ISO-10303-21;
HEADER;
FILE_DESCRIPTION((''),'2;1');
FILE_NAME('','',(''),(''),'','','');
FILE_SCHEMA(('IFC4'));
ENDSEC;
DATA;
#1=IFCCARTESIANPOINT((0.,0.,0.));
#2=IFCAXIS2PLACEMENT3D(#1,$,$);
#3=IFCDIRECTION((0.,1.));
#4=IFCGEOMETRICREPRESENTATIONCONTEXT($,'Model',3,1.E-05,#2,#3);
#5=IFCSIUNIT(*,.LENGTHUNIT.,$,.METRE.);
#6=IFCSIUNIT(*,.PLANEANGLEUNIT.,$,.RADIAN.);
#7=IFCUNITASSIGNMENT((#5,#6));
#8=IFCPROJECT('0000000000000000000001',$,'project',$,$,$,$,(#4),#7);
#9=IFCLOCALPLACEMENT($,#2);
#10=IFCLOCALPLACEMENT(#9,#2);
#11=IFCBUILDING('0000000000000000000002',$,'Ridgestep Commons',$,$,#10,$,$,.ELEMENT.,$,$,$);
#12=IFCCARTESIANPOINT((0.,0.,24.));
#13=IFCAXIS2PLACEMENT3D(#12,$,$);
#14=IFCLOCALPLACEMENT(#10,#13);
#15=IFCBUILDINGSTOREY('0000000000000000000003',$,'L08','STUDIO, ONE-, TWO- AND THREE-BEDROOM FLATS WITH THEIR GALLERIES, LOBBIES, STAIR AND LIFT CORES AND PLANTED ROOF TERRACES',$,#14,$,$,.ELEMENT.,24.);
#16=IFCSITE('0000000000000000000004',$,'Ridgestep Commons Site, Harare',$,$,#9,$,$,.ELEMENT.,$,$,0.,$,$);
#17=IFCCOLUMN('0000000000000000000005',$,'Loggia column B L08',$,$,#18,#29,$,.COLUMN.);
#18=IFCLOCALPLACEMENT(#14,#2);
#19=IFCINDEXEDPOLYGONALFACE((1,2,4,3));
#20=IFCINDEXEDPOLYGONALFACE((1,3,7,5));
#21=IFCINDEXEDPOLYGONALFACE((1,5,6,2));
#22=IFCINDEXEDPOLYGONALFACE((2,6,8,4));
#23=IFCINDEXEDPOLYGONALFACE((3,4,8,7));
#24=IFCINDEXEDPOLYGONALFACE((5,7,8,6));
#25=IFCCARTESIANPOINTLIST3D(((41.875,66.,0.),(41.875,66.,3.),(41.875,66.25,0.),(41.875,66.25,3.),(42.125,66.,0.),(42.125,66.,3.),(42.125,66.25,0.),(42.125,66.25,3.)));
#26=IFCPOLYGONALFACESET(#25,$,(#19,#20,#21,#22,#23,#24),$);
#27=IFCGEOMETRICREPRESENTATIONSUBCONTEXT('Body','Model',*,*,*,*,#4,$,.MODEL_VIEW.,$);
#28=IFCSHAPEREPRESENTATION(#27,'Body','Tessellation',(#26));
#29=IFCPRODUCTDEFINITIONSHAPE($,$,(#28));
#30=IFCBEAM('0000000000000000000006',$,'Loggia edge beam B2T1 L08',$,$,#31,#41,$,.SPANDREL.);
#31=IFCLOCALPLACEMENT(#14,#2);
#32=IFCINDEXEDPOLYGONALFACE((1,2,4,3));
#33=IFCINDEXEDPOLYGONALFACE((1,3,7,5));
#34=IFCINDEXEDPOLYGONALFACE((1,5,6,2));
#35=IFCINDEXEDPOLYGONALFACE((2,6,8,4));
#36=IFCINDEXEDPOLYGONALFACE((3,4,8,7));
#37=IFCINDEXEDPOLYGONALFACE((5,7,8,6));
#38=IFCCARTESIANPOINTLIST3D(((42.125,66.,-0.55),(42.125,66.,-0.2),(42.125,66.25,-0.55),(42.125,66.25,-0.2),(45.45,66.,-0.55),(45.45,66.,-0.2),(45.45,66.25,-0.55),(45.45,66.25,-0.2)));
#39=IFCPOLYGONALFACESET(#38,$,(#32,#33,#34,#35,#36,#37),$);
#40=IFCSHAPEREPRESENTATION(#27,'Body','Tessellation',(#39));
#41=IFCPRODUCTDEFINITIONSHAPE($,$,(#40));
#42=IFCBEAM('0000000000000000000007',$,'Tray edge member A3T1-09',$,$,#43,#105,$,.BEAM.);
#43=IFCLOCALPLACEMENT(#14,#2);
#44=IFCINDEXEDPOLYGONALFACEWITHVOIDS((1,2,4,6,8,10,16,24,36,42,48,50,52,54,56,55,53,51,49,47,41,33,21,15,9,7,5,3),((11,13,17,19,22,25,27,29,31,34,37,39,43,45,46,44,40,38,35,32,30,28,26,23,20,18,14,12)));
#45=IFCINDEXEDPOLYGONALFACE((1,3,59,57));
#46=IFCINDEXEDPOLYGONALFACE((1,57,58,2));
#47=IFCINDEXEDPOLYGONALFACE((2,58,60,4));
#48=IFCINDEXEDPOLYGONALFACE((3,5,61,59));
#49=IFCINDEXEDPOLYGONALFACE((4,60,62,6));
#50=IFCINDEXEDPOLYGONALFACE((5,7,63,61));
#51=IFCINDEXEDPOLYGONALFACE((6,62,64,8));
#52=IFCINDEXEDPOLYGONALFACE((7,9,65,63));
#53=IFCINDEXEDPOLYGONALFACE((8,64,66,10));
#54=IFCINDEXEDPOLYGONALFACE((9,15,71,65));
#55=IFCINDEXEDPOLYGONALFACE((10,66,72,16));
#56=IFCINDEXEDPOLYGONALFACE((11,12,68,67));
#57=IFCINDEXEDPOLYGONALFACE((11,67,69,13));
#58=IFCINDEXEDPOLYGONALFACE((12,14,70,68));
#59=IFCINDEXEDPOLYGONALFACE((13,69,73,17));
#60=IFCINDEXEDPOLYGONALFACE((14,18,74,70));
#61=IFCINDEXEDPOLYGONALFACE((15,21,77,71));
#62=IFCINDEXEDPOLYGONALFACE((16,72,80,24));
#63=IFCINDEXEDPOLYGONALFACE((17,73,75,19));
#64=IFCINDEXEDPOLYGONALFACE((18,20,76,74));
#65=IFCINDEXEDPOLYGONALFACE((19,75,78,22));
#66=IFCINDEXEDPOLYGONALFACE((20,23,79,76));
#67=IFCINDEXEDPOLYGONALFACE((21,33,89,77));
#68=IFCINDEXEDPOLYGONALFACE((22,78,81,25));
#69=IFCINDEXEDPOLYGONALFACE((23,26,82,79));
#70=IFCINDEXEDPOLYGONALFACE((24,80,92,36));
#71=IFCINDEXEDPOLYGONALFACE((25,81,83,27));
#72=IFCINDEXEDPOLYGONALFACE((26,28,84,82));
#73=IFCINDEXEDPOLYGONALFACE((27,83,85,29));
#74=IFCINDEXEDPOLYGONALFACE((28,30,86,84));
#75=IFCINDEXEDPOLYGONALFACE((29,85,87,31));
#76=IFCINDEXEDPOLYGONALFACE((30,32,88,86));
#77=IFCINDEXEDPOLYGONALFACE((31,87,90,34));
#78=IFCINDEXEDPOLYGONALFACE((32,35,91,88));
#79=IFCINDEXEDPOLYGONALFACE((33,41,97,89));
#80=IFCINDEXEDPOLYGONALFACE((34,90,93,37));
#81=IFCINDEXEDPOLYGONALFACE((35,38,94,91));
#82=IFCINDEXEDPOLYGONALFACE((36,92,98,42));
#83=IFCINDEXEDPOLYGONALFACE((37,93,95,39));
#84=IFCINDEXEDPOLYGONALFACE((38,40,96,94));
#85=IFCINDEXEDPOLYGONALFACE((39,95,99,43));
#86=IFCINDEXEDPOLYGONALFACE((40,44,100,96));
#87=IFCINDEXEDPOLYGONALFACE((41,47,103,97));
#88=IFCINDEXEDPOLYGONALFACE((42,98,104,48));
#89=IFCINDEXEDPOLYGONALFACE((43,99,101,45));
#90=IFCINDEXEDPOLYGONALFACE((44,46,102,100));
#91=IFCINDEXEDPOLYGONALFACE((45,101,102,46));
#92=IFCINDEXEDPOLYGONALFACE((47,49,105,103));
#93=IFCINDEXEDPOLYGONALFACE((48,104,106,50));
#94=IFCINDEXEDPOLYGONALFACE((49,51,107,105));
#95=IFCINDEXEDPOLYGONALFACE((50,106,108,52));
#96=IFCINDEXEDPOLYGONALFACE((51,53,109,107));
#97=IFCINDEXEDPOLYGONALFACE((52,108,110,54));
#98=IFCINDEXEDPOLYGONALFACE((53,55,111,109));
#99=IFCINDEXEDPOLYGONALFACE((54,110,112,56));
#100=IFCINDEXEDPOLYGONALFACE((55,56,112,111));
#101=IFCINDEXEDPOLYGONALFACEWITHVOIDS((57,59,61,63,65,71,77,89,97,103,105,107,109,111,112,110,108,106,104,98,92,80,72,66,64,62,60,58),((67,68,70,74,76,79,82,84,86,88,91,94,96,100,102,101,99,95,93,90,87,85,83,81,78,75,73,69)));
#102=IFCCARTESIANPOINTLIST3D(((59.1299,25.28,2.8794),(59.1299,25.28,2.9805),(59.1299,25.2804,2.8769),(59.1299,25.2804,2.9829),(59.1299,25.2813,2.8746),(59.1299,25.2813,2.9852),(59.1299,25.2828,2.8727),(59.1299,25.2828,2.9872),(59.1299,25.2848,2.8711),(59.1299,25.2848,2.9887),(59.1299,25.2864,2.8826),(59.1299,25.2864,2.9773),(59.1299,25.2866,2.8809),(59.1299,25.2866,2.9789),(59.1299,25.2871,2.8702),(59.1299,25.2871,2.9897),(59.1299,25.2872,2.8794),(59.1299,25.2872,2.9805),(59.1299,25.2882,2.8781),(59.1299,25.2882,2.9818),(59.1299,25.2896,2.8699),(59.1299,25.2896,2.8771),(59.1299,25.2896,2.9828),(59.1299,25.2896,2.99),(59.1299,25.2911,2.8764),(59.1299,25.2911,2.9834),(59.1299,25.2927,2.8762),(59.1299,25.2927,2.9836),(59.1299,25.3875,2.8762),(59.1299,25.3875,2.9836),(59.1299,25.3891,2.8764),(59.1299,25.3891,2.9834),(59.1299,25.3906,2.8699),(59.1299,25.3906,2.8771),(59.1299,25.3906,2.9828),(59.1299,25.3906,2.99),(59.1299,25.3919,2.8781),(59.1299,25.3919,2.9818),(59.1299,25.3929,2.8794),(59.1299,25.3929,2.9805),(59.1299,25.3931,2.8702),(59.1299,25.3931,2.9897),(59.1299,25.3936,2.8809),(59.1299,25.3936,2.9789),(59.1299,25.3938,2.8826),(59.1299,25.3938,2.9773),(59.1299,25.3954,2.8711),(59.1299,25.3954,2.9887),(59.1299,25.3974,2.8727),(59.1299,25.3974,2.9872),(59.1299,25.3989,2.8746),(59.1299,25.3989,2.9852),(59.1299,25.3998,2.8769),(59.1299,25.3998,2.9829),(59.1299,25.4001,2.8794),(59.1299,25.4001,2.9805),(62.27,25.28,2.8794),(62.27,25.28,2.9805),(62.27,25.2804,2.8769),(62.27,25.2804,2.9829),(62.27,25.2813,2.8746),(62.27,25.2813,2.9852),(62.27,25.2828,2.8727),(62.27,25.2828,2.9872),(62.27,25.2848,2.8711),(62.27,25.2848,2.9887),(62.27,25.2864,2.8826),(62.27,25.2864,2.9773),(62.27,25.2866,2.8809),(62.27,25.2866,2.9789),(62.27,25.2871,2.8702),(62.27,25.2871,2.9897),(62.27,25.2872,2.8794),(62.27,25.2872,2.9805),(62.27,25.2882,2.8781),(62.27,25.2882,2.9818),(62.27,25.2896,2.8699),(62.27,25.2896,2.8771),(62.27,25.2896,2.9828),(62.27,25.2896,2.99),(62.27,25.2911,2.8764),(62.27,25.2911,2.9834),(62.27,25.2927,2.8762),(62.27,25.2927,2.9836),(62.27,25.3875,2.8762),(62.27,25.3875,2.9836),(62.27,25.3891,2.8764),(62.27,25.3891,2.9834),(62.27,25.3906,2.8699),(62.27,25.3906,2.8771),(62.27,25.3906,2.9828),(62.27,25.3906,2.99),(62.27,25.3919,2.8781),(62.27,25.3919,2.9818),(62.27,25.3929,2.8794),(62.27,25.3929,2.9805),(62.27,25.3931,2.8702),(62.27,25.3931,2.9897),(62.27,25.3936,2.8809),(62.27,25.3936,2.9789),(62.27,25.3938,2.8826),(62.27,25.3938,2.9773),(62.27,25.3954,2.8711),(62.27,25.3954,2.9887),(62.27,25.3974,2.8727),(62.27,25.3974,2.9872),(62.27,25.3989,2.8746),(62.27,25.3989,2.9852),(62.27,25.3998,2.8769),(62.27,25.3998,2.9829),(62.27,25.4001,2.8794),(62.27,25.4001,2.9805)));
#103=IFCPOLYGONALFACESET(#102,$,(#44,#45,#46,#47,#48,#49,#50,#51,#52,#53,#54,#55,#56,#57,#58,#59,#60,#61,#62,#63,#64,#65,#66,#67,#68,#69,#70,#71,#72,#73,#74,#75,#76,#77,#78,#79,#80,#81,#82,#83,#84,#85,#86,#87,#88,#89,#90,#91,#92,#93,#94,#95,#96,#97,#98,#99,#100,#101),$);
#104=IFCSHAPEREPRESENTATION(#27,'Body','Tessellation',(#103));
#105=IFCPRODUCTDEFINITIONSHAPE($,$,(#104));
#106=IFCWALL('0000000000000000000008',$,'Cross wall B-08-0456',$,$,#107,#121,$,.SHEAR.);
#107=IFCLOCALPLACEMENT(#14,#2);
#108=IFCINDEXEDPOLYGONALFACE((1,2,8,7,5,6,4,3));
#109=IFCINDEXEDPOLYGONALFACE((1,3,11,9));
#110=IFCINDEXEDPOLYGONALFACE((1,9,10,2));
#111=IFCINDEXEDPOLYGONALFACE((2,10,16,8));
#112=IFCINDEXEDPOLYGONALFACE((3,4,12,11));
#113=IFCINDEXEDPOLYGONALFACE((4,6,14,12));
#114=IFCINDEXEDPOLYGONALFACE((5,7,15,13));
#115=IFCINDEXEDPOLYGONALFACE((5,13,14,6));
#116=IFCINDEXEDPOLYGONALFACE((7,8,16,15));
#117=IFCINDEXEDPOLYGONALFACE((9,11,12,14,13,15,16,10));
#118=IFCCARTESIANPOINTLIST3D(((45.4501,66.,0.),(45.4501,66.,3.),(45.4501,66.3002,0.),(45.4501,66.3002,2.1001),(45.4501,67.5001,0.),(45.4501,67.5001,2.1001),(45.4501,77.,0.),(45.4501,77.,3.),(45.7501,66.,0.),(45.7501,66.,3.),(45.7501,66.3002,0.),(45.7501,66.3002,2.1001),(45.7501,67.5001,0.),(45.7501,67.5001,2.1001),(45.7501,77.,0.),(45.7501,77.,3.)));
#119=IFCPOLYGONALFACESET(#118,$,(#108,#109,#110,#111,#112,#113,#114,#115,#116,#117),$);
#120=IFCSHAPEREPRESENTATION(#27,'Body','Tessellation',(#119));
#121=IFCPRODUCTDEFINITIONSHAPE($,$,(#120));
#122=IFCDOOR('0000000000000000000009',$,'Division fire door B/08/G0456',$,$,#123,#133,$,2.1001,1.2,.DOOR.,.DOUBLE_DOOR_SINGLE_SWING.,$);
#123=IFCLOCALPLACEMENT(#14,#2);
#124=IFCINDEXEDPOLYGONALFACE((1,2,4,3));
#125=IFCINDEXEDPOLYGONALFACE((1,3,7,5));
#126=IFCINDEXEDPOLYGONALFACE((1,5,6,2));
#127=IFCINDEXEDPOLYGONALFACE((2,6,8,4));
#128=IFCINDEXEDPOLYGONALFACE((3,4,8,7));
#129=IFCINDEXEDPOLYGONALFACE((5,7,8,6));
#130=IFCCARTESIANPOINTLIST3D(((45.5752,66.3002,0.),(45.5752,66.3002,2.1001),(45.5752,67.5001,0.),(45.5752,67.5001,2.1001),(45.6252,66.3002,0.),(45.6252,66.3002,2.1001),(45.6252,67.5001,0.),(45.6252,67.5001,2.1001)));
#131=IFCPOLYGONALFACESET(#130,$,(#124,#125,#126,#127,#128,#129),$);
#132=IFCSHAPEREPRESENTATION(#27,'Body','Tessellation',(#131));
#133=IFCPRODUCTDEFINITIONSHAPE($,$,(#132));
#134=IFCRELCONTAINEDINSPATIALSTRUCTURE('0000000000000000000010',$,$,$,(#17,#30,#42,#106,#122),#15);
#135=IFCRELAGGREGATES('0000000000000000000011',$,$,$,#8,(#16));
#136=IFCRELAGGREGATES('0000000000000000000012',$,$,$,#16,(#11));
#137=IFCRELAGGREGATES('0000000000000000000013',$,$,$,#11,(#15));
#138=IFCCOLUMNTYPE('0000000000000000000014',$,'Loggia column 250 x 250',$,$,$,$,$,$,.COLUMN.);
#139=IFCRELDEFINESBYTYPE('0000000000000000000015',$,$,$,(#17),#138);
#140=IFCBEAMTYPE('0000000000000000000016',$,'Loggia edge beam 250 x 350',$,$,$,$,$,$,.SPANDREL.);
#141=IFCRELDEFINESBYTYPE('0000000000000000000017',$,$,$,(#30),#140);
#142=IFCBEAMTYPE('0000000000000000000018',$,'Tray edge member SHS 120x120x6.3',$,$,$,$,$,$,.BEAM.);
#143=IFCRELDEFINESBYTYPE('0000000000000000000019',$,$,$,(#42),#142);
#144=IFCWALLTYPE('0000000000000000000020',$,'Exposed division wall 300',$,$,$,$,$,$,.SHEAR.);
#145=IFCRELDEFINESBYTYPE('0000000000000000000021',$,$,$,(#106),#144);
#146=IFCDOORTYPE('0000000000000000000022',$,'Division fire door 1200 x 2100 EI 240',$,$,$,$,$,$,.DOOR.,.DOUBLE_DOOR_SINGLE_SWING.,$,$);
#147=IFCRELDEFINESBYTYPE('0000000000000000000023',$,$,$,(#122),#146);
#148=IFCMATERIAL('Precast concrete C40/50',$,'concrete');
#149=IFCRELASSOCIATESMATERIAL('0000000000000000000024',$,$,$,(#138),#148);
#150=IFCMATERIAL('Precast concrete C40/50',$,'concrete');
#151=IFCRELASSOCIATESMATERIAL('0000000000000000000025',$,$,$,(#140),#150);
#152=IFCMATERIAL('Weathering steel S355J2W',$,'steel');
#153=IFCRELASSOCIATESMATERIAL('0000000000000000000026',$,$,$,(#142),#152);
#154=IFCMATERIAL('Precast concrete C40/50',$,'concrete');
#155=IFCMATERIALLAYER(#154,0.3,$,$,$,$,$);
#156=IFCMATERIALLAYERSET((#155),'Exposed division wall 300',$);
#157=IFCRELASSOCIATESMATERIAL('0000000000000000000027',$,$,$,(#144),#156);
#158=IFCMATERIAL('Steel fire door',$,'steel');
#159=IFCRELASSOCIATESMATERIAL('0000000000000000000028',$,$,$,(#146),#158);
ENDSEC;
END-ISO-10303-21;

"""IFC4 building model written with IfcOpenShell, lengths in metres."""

from ifc_helpers import new_model, si_unit, direction, frame, frame_2d, origin, origin_2d, place, context, subcontext, project, spatial, rectangle, hollow_rectangle, extrude, material, layer, layer_set, material_profile, profile_set, type_object, element, fill, save


model = new_model("IFC4")

# Units and contexts
model_context = context("Model", 3, precision=1e-05, world=origin(), true_north=direction((0.0, 1.0)))
body_context = subcontext(model_context, "Body", "Model", "MODEL_VIEW")
ifc_project = project(units=[si_unit("LENGTHUNIT", "METRE"), si_unit("PLANEANGLEUNIT", "RADIAN")], contexts=[model_context])

# Site, building, storey
site_placement = place(None, origin())
site = spatial("IfcSite", under=ifc_project, at=site_placement, Name="Ridgestep Commons Site, Harare", CompositionType="ELEMENT", RefElevation=0.0)
building_placement = place(site_placement, origin())
building = spatial("IfcBuilding", under=site, at=building_placement, Name="Ridgestep Commons", CompositionType="ELEMENT")
storey_placement = place(building_placement, frame((0.0, 0.0, 24.0)))
storey = spatial("IfcBuildingStorey", under=building, at=storey_placement, Name="L08", Description="STUDIO, ONE-, TWO- AND THREE-BEDROOM FLATS WITH THEIR GALLERIES, LOBBIES, STAIR AND LIFT CORES AND PLANTED ROOF TERRACES", CompositionType="ELEMENT", Elevation=24.0)

# Column
ifc_material_1 = material(Name="Precast concrete C40/50", Category="concrete")
ifc_material_profile_1 = material_profile(ifc_material_1, rectangle(XDim=0.25, YDim=0.25, at=origin_2d()), Name="PC 250x250")
ifc_profile_set_1 = profile_set([ifc_material_profile_1], Name="Precast concrete C40/50")
column_type = type_object("IfcColumnType", Name="Loggia column 250 x 250", PredefinedType="COLUMN", material=ifc_profile_set_1)
column_placement = place(storey_placement, frame((42.0, 66.125, 0.0), z_axis=(0.0, 0.0, 1.0), x_axis=(1.0, 0.0, 0.0)))
element("IfcColumn", 1, at=column_placement, inside=storey, type_object=column_type, Name="Loggia column B L08", PredefinedType="COLUMN", context=body_context, shape_type="SweptSolid", body=[
    extrude(rectangle(XDim=0.25, YDim=0.25, at=origin_2d()), origin(), (0.0, 0.0, 1.0), 3.0),
])

# Beams
ifc_material_2 = material(Name="Precast concrete C40/50", Category="concrete")
ifc_material_profile_2 = material_profile(ifc_material_2, rectangle(XDim=0.25, YDim=0.3501, at=origin_2d()), Name="PC 250x350")
ifc_profile_set_2 = profile_set([ifc_material_profile_2], Name="Precast concrete C40/50")
beam_type_1 = type_object("IfcBeamType", Name="Loggia edge beam 250 x 350", PredefinedType="SPANDREL", material=ifc_profile_set_2)
beam_1_placement = place(storey_placement, frame((42.125, 66.125, -0.375), z_axis=(1.0, 0.0, 0.0), x_axis=(0.0, 1.0, 0.0)))
element("IfcBeam", 2, at=beam_1_placement, inside=storey, type_object=beam_type_1, Name="Loggia edge beam B2T1 L08", PredefinedType="SPANDREL", context=body_context, shape_type="SweptSolid", body=[
    extrude(rectangle(XDim=0.25, YDim=0.3501, at=origin_2d()), origin(), (0.0, 0.0, 1.0), 3.325),
])
ifc_material_3 = material(Name="Weathering steel S355J2W", Category="steel")
ifc_material_profile_3 = material_profile(ifc_material_3, hollow_rectangle(XDim=0.1201, YDim=0.1201, WallThickness=0.0063, InnerFilletRadius=0.0063, OuterFilletRadius=0.0095, at=origin_2d()), Name="SHS 120x120x6.3")
ifc_profile_set_3 = profile_set([ifc_material_profile_3], Name="Weathering steel S355J2W")
beam_type_2 = type_object("IfcBeamType", Name="Tray edge member SHS 120x120x6.3", PredefinedType="BEAM", material=ifc_profile_set_3)
beam_2_placement = place(storey_placement, frame((59.1299, 25.3401, 2.9299), z_axis=(1.0, 0.0, 0.0), x_axis=(0.0, 0.0, 1.0)))
element("IfcBeam", 3, at=beam_2_placement, inside=storey, type_object=beam_type_2, Name="Tray edge member A3T1-09", PredefinedType="BEAM", context=body_context, shape_type="SweptSolid", body=[
    extrude(hollow_rectangle(XDim=0.1201, YDim=0.1201, WallThickness=0.0063, InnerFilletRadius=0.0063, OuterFilletRadius=0.0095, at=origin_2d()), origin(), (0.0, 0.0, 1.0), 3.1401),
])

# Wall, opening, door
ifc_material_4 = material(Name="Precast concrete C40/50", Category="concrete")
ifc_layer_1 = layer(ifc_material_4, 0.3)
ifc_layer_set_1 = layer_set([ifc_layer_1], Name="Exposed division wall 300")
wall_type = type_object("IfcWallType", Name="Exposed division wall 300", PredefinedType="SHEAR", material=ifc_layer_set_1)
wall_placement = place(storey_placement, frame((45.6001, 66.0, 0.0), z_axis=(0.0, 0.0, 1.0), x_axis=(0.0, 1.0, 0.0)))
wall = element("IfcWall", 4, at=wall_placement, inside=storey, type_object=wall_type, Name="Cross wall B-08-0456", PredefinedType="SHEAR", context=body_context, shape_type="SweptSolid", body=[
    extrude(rectangle(XDim=11.0, YDim=0.3, at=frame_2d((5.5, 0.0))), origin(), (0.0, 0.0, 1.0), 3.0),
])
opening_placement = place(wall_placement, frame((0.3, 0.0, 0.0)))
opening = element("IfcOpeningElement", 5, at=opening_placement, cuts=wall, PredefinedType="OPENING", context=body_context, shape_type="SweptSolid", body=[
    extrude(rectangle(XDim=1.2, YDim=2.1001, at=frame_2d((0.6001, 1.05))), frame((0.0, 0.1599, 0.0), z_axis=(0.0, -1.0, 0.0), x_axis=(1.0, 0.0, 0.0)), (0.0, 0.0, 1.0), 0.3201),
])
ifc_material_5 = material(Name="Steel fire door", Category="steel")
door_type = type_object("IfcDoorType", Name="Division fire door 1200 x 2100 EI 240", OperationType="DOUBLE_DOOR_SINGLE_SWING", PredefinedType="DOOR", material=ifc_material_5)
door_placement = place(opening_placement, origin())
door = element("IfcDoor", 6, at=door_placement, inside=storey, type_object=door_type, Name="Division fire door B/08/G0456", OperationType="DOUBLE_DOOR_SINGLE_SWING", OverallHeight=2.1001, OverallWidth=1.2, PredefinedType="DOOR", context=body_context, shape_type="SweptSolid", body=[
    extrude(rectangle(XDim=1.2, YDim=2.1001, at=frame_2d((0.6001, 1.05))), frame((0.0, 0.0249, 0.0), z_axis=(0.0, -1.0, 0.0), x_axis=(1.0, 0.0, 0.0)), (0.0, 0.0, 1.0), 0.05),
])
fill(opening, door)

save(model, "model.ifc")
